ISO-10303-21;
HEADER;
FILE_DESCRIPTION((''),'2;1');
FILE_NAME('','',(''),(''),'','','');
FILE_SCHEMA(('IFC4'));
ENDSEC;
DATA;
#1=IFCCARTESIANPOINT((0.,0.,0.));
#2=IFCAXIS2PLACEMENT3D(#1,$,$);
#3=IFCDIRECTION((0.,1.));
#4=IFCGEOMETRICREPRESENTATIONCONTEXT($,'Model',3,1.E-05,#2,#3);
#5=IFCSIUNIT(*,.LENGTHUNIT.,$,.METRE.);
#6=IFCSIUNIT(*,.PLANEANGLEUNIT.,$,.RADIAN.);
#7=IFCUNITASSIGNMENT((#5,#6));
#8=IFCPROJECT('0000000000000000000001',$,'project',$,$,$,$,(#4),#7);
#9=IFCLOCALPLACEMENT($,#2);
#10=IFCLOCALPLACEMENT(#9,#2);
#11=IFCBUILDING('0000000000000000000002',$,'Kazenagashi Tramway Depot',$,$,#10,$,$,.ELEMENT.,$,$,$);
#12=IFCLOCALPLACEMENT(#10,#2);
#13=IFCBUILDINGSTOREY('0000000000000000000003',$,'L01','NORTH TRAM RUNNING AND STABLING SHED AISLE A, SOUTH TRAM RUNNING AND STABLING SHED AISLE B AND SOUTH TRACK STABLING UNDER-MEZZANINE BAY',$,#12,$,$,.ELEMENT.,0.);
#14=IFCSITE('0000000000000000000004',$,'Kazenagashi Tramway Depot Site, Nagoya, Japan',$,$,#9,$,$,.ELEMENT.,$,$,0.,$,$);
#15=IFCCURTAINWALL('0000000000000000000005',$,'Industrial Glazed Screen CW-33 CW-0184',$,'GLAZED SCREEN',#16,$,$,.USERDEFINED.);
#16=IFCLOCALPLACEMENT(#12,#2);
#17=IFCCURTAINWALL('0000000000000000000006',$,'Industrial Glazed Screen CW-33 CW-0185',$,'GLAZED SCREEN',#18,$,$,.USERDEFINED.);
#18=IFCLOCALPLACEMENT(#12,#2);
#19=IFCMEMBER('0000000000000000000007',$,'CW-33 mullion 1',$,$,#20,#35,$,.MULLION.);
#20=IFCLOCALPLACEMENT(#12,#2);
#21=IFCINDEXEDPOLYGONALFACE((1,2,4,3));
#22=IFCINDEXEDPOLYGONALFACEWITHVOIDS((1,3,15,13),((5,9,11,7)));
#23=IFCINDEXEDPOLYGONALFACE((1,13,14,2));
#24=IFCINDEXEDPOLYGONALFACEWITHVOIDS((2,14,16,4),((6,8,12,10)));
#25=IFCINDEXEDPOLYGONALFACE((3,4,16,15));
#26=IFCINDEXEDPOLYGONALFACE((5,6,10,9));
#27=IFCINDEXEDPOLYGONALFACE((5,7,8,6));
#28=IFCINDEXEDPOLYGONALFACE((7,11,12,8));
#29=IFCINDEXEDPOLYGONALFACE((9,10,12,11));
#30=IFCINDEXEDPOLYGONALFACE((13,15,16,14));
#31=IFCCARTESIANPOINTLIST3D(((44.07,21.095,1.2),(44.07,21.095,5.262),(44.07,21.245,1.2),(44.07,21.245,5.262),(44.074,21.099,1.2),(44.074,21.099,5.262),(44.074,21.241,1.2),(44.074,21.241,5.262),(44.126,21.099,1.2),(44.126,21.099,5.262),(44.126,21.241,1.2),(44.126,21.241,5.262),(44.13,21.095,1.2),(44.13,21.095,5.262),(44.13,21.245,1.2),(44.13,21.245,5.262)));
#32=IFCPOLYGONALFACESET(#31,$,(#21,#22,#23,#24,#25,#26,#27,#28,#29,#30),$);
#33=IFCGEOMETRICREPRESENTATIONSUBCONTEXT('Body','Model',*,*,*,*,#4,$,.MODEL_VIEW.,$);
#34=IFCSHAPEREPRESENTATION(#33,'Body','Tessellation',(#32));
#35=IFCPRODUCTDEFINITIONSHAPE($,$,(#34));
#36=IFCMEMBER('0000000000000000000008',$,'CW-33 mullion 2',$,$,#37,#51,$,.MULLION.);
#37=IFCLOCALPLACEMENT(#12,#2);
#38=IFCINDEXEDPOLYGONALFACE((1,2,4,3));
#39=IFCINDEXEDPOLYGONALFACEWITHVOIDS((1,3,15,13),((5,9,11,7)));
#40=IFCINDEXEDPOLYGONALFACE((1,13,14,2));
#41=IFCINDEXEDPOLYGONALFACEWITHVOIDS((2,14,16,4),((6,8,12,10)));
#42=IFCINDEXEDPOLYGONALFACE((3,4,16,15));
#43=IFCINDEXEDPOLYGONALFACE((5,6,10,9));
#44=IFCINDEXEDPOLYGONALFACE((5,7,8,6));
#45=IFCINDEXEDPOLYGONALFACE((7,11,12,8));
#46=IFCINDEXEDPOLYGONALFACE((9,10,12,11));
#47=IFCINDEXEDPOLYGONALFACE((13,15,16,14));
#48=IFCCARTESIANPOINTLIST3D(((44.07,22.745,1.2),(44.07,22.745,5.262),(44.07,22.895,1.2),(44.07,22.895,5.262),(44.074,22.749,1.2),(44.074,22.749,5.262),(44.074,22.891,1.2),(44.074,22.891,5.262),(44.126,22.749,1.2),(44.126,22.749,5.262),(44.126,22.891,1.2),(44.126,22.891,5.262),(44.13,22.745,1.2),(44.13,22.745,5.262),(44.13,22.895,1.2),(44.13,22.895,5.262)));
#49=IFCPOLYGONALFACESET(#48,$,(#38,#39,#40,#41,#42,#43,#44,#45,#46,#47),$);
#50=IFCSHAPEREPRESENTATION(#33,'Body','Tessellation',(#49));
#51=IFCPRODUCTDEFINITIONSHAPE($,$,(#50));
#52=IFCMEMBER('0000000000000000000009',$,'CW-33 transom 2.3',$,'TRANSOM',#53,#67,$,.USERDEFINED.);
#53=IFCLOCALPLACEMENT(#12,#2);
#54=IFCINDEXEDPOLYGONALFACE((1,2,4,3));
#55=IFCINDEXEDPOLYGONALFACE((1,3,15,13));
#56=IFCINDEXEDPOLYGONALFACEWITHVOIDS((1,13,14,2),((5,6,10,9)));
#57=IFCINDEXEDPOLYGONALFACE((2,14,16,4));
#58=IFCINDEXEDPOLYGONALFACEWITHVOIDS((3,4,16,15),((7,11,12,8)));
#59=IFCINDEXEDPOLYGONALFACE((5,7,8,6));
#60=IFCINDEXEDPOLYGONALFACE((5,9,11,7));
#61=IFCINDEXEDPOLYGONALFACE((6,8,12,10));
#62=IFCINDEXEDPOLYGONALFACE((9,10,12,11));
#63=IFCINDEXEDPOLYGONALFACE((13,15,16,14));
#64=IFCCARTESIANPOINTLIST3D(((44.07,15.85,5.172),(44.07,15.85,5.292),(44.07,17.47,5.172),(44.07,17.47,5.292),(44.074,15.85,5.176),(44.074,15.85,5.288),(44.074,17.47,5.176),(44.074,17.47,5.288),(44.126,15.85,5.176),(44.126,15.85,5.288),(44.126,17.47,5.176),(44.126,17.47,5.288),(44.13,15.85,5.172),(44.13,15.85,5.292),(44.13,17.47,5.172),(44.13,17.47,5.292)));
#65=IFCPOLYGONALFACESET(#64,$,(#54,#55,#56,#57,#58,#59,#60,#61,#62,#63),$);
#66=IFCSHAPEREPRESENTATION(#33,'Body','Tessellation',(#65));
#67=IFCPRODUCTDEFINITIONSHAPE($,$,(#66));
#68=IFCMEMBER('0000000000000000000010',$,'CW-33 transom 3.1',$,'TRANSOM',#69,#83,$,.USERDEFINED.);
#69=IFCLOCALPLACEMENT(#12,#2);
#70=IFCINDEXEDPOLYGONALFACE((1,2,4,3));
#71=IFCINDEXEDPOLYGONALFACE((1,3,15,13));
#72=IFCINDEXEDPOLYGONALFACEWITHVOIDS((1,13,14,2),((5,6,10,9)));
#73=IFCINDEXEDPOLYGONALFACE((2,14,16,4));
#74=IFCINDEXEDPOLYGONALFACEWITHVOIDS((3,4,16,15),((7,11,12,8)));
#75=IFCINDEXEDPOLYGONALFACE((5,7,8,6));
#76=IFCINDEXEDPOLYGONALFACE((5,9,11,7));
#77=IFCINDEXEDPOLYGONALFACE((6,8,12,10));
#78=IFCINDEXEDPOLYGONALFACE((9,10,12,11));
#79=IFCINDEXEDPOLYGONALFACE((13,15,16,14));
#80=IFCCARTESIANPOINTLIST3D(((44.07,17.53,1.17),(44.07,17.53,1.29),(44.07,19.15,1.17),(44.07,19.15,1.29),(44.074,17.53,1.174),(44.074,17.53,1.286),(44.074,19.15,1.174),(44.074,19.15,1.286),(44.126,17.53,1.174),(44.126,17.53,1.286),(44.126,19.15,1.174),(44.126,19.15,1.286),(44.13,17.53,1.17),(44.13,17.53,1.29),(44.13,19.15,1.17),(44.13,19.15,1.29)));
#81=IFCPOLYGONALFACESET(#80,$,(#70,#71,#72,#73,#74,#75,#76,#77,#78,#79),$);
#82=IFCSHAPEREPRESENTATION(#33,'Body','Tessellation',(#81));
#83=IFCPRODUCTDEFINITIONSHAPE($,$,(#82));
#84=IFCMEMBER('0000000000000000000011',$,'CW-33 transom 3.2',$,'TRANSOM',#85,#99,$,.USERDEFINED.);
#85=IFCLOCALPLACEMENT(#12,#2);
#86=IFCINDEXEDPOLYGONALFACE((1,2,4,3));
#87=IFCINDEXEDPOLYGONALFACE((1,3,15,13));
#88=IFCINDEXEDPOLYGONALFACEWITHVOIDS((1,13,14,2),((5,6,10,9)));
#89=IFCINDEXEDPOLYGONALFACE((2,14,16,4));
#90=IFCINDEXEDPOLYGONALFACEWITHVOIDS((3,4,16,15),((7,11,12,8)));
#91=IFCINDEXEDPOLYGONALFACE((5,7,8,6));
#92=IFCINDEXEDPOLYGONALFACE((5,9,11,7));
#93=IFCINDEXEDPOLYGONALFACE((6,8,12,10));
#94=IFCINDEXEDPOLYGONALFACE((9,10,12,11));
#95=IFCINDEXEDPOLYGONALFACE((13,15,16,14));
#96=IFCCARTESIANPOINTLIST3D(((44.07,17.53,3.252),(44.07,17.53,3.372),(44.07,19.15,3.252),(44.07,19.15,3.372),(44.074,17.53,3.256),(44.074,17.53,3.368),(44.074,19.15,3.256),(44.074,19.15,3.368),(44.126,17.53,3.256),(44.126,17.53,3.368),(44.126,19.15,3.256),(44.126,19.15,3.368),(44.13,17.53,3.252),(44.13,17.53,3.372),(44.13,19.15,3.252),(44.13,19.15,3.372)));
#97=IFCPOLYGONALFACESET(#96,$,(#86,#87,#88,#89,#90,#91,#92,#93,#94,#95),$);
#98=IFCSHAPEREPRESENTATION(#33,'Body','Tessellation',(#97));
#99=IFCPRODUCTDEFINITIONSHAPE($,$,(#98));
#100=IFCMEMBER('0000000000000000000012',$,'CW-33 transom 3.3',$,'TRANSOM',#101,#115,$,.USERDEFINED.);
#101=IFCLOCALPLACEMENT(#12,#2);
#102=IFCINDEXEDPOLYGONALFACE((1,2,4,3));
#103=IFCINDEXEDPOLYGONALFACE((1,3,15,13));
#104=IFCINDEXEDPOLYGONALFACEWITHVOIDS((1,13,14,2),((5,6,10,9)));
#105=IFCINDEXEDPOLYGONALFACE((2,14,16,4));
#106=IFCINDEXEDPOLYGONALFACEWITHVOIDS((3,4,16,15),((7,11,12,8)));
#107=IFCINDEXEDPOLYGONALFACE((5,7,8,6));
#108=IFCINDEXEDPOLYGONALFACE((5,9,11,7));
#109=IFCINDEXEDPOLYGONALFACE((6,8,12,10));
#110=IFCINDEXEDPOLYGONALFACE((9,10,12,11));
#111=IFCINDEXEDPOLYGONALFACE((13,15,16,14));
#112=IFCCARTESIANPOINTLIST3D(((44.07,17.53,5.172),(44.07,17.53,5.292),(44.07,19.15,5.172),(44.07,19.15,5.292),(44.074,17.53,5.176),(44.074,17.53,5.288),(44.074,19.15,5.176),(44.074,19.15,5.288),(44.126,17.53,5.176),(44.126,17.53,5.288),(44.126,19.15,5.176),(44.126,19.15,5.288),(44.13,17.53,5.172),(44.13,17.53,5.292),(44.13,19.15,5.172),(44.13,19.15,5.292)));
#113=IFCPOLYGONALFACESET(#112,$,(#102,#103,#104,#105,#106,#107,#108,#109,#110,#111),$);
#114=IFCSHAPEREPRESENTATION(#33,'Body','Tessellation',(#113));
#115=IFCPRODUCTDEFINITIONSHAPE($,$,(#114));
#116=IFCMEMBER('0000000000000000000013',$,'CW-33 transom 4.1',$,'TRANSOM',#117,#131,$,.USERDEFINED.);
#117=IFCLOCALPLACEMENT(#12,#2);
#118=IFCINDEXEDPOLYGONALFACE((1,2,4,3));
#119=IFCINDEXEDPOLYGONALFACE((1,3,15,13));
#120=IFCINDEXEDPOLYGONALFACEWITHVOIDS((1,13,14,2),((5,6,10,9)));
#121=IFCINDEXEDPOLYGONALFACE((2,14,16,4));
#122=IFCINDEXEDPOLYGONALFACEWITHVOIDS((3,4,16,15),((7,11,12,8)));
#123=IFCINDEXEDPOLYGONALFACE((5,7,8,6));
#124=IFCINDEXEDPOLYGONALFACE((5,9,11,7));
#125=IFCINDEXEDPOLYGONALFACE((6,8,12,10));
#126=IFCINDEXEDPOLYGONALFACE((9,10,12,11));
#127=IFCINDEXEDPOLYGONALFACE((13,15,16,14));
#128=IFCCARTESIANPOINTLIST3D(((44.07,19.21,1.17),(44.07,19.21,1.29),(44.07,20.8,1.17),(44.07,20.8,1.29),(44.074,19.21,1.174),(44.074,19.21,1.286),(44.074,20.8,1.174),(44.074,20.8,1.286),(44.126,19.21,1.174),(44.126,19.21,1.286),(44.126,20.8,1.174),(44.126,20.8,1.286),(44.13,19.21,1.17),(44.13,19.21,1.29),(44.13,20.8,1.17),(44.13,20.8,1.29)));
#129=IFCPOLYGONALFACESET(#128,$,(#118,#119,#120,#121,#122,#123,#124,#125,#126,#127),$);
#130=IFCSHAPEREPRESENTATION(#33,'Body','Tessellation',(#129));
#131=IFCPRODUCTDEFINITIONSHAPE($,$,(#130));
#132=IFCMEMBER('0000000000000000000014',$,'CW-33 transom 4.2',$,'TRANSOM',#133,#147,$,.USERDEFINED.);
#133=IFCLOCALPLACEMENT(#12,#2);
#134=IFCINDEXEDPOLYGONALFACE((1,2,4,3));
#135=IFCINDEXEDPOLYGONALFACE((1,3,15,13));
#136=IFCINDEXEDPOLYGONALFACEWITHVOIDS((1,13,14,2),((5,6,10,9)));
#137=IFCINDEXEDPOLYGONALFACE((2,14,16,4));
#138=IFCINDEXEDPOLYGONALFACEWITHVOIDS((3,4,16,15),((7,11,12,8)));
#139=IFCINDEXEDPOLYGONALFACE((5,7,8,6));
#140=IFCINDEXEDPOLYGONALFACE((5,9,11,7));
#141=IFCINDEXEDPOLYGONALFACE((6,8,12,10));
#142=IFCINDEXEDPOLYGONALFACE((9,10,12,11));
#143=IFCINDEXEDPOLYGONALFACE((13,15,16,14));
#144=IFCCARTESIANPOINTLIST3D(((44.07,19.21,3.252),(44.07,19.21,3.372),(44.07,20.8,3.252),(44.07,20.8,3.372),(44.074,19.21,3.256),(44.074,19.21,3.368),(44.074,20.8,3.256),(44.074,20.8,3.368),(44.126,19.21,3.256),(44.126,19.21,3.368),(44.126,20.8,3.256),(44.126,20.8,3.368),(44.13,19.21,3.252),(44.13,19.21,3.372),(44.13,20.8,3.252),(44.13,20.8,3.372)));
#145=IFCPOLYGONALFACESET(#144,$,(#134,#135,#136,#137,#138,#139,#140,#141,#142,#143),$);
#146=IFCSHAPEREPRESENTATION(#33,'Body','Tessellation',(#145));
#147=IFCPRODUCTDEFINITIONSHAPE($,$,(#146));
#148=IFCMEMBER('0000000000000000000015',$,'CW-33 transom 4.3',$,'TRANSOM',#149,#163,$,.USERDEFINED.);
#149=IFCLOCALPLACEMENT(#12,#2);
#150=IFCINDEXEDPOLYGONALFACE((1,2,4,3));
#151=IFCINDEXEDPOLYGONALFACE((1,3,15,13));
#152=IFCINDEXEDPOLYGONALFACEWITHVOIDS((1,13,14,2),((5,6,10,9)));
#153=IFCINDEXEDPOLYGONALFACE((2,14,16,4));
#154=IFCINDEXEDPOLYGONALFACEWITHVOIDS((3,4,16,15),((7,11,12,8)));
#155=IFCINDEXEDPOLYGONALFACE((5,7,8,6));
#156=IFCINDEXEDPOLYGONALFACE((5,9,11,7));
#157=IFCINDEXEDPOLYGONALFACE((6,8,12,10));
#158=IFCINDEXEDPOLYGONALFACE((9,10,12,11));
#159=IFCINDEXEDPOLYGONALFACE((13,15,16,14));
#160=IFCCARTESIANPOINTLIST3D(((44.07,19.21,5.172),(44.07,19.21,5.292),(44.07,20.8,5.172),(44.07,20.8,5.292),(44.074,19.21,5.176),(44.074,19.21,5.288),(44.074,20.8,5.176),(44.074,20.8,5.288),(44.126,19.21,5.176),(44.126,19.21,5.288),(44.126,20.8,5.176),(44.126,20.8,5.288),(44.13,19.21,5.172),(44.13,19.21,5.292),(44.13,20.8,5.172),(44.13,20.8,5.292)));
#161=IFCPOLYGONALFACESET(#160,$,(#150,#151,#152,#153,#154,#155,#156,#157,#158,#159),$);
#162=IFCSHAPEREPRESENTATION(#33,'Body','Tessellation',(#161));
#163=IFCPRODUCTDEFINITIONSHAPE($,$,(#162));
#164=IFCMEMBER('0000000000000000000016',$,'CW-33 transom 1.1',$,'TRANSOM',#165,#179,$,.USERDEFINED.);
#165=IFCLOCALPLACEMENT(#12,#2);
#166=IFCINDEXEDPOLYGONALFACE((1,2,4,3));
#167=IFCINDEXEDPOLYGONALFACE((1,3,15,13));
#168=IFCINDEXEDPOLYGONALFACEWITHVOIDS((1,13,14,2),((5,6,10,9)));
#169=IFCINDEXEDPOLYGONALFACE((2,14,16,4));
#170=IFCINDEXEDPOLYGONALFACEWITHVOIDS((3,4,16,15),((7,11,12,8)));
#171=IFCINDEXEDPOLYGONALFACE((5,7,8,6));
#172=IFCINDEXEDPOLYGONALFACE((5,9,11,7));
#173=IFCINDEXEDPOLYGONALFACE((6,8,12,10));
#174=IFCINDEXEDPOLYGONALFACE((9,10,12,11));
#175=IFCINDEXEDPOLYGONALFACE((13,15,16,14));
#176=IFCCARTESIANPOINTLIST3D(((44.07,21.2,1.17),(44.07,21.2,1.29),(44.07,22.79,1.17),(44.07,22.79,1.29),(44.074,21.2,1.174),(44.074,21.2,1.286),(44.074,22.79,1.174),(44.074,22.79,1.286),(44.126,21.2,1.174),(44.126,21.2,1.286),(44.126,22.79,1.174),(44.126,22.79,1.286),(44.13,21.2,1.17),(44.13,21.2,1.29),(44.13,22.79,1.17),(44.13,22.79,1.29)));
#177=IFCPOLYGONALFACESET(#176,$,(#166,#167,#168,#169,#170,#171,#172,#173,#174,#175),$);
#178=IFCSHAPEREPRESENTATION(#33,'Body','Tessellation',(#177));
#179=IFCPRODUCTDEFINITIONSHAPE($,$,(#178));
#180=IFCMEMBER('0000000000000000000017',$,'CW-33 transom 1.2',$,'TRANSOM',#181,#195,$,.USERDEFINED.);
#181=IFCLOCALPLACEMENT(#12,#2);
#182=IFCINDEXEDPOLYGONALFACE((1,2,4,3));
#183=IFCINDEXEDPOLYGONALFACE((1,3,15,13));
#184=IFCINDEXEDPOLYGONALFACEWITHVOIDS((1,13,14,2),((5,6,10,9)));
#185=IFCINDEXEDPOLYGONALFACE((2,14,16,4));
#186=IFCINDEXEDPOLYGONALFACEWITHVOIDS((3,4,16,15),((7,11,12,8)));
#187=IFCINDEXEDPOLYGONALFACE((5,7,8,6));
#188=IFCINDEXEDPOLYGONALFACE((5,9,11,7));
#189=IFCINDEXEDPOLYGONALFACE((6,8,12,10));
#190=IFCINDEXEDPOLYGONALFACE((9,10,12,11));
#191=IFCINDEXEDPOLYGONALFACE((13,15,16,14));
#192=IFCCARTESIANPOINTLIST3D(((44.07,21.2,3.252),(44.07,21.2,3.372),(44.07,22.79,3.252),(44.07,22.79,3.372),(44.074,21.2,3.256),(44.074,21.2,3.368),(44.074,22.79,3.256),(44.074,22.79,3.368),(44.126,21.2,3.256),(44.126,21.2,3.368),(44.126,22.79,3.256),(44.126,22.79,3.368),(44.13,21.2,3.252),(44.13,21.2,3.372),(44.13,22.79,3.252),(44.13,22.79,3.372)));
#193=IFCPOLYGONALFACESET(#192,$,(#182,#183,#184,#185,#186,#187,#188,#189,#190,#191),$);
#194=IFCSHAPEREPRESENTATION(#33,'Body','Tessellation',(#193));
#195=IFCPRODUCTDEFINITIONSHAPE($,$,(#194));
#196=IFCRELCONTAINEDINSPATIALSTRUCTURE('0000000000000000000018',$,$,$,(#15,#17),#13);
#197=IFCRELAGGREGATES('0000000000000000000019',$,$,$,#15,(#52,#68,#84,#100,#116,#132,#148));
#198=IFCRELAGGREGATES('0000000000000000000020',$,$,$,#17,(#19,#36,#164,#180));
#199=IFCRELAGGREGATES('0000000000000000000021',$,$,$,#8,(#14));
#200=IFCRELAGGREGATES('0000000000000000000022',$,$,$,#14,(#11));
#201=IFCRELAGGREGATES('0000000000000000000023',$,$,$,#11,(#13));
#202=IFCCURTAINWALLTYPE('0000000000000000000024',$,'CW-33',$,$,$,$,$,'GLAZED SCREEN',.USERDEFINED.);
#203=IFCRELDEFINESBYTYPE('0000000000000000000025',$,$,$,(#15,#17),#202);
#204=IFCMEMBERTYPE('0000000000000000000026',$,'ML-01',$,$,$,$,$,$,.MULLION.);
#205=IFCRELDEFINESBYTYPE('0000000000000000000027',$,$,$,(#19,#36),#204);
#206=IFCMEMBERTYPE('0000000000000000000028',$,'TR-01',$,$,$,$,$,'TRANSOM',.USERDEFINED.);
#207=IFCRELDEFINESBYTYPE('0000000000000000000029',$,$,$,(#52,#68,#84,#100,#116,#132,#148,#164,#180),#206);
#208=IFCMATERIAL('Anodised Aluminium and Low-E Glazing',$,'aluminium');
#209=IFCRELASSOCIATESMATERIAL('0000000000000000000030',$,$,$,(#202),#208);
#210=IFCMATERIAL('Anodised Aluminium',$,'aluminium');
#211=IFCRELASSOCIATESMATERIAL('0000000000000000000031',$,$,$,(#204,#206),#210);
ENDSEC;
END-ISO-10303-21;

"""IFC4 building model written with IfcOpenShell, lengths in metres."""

from ifc_helpers import new_model, si_unit, direction, frame, origin, origin_2d, place, context, subcontext, project, spatial, hollow_rectangle, extrude, material, material_profile, profile_set, type_object, element, aggregate, save


model = new_model("IFC4")

# Units and contexts
model_context = context("Model", 3, precision=1e-05, world=origin(), true_north=direction((0.0, 1.0)))
body_context = subcontext(model_context, "Body", "Model", "MODEL_VIEW")
ifc_project = project(units=[si_unit("LENGTHUNIT", "METRE"), si_unit("PLANEANGLEUNIT", "RADIAN")], contexts=[model_context])

# Site, building, storey
site_placement = place(None, origin())
site = spatial("IfcSite", under=ifc_project, at=site_placement, Name="Kazenagashi Tramway Depot Site, Nagoya, Japan", CompositionType="ELEMENT", RefElevation=0.0)
building_placement = place(site_placement, origin())
building = spatial("IfcBuilding", under=site, at=building_placement, Name="Kazenagashi Tramway Depot", CompositionType="ELEMENT")
storey_placement = place(building_placement, origin())
storey = spatial("IfcBuildingStorey", under=building, at=storey_placement, Name="L01", Description="NORTH TRAM RUNNING AND STABLING SHED AISLE A, SOUTH TRAM RUNNING AND STABLING SHED AISLE B AND SOUTH TRACK STABLING UNDER-MEZZANINE BAY", CompositionType="ELEMENT", Elevation=0.0)

# Curtain walls, members
ifc_material_1 = material(Name="Anodised Aluminium and Low-E Glazing", Category="aluminium")
curtain_wall_type = type_object("IfcCurtainWallType", Name="CW-33", ElementType="GLAZED SCREEN", PredefinedType="USERDEFINED", material=ifc_material_1)
curtain_wall_1_placement = place(storey_placement, origin())
curtain_wall_1 = element("IfcCurtainWall", 1, at=curtain_wall_1_placement, inside=storey, type_object=curtain_wall_type, Name="Industrial Glazed Screen CW-33 CW-0184", ObjectType="GLAZED SCREEN", PredefinedType="USERDEFINED")
ifc_material_2 = material(Name="Anodised Aluminium", Category="aluminium")
ifc_material_profile_1 = material_profile(ifc_material_2, hollow_rectangle(XDim=0.06, YDim=0.15, WallThickness=0.004, at=origin_2d()), Name="RHS-150x60x4")
ifc_profile_set_1 = profile_set([ifc_material_profile_1], Name="Anodised Aluminium")
member_type_1 = type_object("IfcMemberType", Name="ML-01", PredefinedType="MULLION", material=ifc_profile_set_1)
curtain_wall_2_placement = place(storey_placement, origin())
curtain_wall_2 = element("IfcCurtainWall", 2, at=curtain_wall_2_placement, inside=storey, type_object=curtain_wall_type, Name="Industrial Glazed Screen CW-33 CW-0185", ObjectType="GLAZED SCREEN", PredefinedType="USERDEFINED")
member_1_placement = place(storey_placement, frame((44.1, 21.17, 1.2), z_axis=(0.0, 0.0, 1.0), x_axis=(-1.0, 0.0, 0.0)))
member_1 = element("IfcMember", 3, at=member_1_placement, type_object=member_type_1, Name="CW-33 mullion 1", PredefinedType="MULLION", context=body_context, shape_type="SweptSolid", body=[
    extrude(hollow_rectangle(XDim=0.06, YDim=0.15, WallThickness=0.004, at=origin_2d()), origin(), (0.0, 0.0, 1.0), 4.062),
])
member_2_placement = place(storey_placement, frame((44.1, 22.82, 1.2), z_axis=(0.0, 0.0, 1.0), x_axis=(-1.0, 0.0, 0.0)))
member_2 = element("IfcMember", 4, at=member_2_placement, type_object=member_type_1, Name="CW-33 mullion 2", PredefinedType="MULLION", context=body_context, shape_type="SweptSolid", body=[
    extrude(hollow_rectangle(XDim=0.06, YDim=0.15, WallThickness=0.004, at=origin_2d()), origin(), (0.0, 0.0, 1.0), 4.062),
])

# Members
ifc_material_profile_2 = material_profile(ifc_material_2, hollow_rectangle(XDim=0.06, YDim=0.12, WallThickness=0.004, at=origin_2d()), Name="RHS-120x60x4")
ifc_profile_set_2 = profile_set([ifc_material_profile_2], Name="Anodised Aluminium")
member_type_2 = type_object("IfcMemberType", Name="TR-01", ElementType="TRANSOM", PredefinedType="USERDEFINED", material=ifc_profile_set_2)
member_3_placement = place(storey_placement, frame((44.1, 15.85, 5.232), z_axis=(0.0, 1.0, 0.0), x_axis=(-1.0, 0.0, 0.0)))
member_3 = element("IfcMember", 5, at=member_3_placement, type_object=member_type_2, Name="CW-33 transom 2.3", ObjectType="TRANSOM", PredefinedType="USERDEFINED", context=body_context, shape_type="SweptSolid", body=[
    extrude(hollow_rectangle(XDim=0.06, YDim=0.12, WallThickness=0.004, at=origin_2d()), origin(), (0.0, 0.0, 1.0), 1.62),
])
member_4_placement = place(storey_placement, frame((44.1, 17.53, 1.23), z_axis=(0.0, 1.0, 0.0), x_axis=(-1.0, 0.0, 0.0)))
member_4 = element("IfcMember", 6, at=member_4_placement, type_object=member_type_2, Name="CW-33 transom 3.1", ObjectType="TRANSOM", PredefinedType="USERDEFINED", context=body_context, shape_type="SweptSolid", body=[
    extrude(hollow_rectangle(XDim=0.06, YDim=0.12, WallThickness=0.004, at=origin_2d()), origin(), (0.0, 0.0, 1.0), 1.62),
])
member_5_placement = place(storey_placement, frame((44.1, 17.53, 3.312), z_axis=(0.0, 1.0, 0.0), x_axis=(-1.0, 0.0, 0.0)))
member_5 = element("IfcMember", 7, at=member_5_placement, type_object=member_type_2, Name="CW-33 transom 3.2", ObjectType="TRANSOM", PredefinedType="USERDEFINED", context=body_context, shape_type="SweptSolid", body=[
    extrude(hollow_rectangle(XDim=0.06, YDim=0.12, WallThickness=0.004, at=origin_2d()), origin(), (0.0, 0.0, 1.0), 1.62),
])
member_6_placement = place(storey_placement, frame((44.1, 17.53, 5.232), z_axis=(0.0, 1.0, 0.0), x_axis=(-1.0, 0.0, 0.0)))
member_6 = element("IfcMember", 8, at=member_6_placement, type_object=member_type_2, Name="CW-33 transom 3.3", ObjectType="TRANSOM", PredefinedType="USERDEFINED", context=body_context, shape_type="SweptSolid", body=[
    extrude(hollow_rectangle(XDim=0.06, YDim=0.12, WallThickness=0.004, at=origin_2d()), origin(), (0.0, 0.0, 1.0), 1.62),
])
member_7_placement = place(storey_placement, frame((44.1, 19.21, 1.23), z_axis=(0.0, 1.0, 0.0), x_axis=(-1.0, 0.0, 0.0)))
member_7 = element("IfcMember", 9, at=member_7_placement, type_object=member_type_2, Name="CW-33 transom 4.1", ObjectType="TRANSOM", PredefinedType="USERDEFINED", context=body_context, shape_type="SweptSolid", body=[
    extrude(hollow_rectangle(XDim=0.06, YDim=0.12, WallThickness=0.004, at=origin_2d()), origin(), (0.0, 0.0, 1.0), 1.59),
])
member_8_placement = place(storey_placement, frame((44.1, 19.21, 3.312), z_axis=(0.0, 1.0, 0.0), x_axis=(-1.0, 0.0, 0.0)))
member_8 = element("IfcMember", 10, at=member_8_placement, type_object=member_type_2, Name="CW-33 transom 4.2", ObjectType="TRANSOM", PredefinedType="USERDEFINED", context=body_context, shape_type="SweptSolid", body=[
    extrude(hollow_rectangle(XDim=0.06, YDim=0.12, WallThickness=0.004, at=origin_2d()), origin(), (0.0, 0.0, 1.0), 1.59),
])
member_9_placement = place(storey_placement, frame((44.1, 19.21, 5.232), z_axis=(0.0, 1.0, 0.0), x_axis=(-1.0, 0.0, 0.0)))
member_9 = element("IfcMember", 11, at=member_9_placement, type_object=member_type_2, Name="CW-33 transom 4.3", ObjectType="TRANSOM", PredefinedType="USERDEFINED", context=body_context, shape_type="SweptSolid", body=[
    extrude(hollow_rectangle(XDim=0.06, YDim=0.12, WallThickness=0.004, at=origin_2d()), origin(), (0.0, 0.0, 1.0), 1.59),
])
member_10_placement = place(storey_placement, frame((44.1, 21.2, 1.23), z_axis=(0.0, 1.0, 0.0), x_axis=(-1.0, 0.0, 0.0)))
member_10 = element("IfcMember", 12, at=member_10_placement, type_object=member_type_2, Name="CW-33 transom 1.1", ObjectType="TRANSOM", PredefinedType="USERDEFINED", context=body_context, shape_type="SweptSolid", body=[
    extrude(hollow_rectangle(XDim=0.06, YDim=0.12, WallThickness=0.004, at=origin_2d()), origin(), (0.0, 0.0, 1.0), 1.59),
])
member_11_placement = place(storey_placement, frame((44.1, 21.2, 3.312), z_axis=(0.0, 1.0, 0.0), x_axis=(-1.0, 0.0, 0.0)))
member_11 = element("IfcMember", 13, at=member_11_placement, type_object=member_type_2, Name="CW-33 transom 1.2", ObjectType="TRANSOM", PredefinedType="USERDEFINED", context=body_context, shape_type="SweptSolid", body=[
    extrude(hollow_rectangle(XDim=0.06, YDim=0.12, WallThickness=0.004, at=origin_2d()), origin(), (0.0, 0.0, 1.0), 1.59),
])

aggregate(curtain_wall_1, [member_3, member_4, member_5, member_6, member_7, member_8, member_9])
aggregate(curtain_wall_2, [member_1, member_2, member_10, member_11])

save(model, "model.ifc")
